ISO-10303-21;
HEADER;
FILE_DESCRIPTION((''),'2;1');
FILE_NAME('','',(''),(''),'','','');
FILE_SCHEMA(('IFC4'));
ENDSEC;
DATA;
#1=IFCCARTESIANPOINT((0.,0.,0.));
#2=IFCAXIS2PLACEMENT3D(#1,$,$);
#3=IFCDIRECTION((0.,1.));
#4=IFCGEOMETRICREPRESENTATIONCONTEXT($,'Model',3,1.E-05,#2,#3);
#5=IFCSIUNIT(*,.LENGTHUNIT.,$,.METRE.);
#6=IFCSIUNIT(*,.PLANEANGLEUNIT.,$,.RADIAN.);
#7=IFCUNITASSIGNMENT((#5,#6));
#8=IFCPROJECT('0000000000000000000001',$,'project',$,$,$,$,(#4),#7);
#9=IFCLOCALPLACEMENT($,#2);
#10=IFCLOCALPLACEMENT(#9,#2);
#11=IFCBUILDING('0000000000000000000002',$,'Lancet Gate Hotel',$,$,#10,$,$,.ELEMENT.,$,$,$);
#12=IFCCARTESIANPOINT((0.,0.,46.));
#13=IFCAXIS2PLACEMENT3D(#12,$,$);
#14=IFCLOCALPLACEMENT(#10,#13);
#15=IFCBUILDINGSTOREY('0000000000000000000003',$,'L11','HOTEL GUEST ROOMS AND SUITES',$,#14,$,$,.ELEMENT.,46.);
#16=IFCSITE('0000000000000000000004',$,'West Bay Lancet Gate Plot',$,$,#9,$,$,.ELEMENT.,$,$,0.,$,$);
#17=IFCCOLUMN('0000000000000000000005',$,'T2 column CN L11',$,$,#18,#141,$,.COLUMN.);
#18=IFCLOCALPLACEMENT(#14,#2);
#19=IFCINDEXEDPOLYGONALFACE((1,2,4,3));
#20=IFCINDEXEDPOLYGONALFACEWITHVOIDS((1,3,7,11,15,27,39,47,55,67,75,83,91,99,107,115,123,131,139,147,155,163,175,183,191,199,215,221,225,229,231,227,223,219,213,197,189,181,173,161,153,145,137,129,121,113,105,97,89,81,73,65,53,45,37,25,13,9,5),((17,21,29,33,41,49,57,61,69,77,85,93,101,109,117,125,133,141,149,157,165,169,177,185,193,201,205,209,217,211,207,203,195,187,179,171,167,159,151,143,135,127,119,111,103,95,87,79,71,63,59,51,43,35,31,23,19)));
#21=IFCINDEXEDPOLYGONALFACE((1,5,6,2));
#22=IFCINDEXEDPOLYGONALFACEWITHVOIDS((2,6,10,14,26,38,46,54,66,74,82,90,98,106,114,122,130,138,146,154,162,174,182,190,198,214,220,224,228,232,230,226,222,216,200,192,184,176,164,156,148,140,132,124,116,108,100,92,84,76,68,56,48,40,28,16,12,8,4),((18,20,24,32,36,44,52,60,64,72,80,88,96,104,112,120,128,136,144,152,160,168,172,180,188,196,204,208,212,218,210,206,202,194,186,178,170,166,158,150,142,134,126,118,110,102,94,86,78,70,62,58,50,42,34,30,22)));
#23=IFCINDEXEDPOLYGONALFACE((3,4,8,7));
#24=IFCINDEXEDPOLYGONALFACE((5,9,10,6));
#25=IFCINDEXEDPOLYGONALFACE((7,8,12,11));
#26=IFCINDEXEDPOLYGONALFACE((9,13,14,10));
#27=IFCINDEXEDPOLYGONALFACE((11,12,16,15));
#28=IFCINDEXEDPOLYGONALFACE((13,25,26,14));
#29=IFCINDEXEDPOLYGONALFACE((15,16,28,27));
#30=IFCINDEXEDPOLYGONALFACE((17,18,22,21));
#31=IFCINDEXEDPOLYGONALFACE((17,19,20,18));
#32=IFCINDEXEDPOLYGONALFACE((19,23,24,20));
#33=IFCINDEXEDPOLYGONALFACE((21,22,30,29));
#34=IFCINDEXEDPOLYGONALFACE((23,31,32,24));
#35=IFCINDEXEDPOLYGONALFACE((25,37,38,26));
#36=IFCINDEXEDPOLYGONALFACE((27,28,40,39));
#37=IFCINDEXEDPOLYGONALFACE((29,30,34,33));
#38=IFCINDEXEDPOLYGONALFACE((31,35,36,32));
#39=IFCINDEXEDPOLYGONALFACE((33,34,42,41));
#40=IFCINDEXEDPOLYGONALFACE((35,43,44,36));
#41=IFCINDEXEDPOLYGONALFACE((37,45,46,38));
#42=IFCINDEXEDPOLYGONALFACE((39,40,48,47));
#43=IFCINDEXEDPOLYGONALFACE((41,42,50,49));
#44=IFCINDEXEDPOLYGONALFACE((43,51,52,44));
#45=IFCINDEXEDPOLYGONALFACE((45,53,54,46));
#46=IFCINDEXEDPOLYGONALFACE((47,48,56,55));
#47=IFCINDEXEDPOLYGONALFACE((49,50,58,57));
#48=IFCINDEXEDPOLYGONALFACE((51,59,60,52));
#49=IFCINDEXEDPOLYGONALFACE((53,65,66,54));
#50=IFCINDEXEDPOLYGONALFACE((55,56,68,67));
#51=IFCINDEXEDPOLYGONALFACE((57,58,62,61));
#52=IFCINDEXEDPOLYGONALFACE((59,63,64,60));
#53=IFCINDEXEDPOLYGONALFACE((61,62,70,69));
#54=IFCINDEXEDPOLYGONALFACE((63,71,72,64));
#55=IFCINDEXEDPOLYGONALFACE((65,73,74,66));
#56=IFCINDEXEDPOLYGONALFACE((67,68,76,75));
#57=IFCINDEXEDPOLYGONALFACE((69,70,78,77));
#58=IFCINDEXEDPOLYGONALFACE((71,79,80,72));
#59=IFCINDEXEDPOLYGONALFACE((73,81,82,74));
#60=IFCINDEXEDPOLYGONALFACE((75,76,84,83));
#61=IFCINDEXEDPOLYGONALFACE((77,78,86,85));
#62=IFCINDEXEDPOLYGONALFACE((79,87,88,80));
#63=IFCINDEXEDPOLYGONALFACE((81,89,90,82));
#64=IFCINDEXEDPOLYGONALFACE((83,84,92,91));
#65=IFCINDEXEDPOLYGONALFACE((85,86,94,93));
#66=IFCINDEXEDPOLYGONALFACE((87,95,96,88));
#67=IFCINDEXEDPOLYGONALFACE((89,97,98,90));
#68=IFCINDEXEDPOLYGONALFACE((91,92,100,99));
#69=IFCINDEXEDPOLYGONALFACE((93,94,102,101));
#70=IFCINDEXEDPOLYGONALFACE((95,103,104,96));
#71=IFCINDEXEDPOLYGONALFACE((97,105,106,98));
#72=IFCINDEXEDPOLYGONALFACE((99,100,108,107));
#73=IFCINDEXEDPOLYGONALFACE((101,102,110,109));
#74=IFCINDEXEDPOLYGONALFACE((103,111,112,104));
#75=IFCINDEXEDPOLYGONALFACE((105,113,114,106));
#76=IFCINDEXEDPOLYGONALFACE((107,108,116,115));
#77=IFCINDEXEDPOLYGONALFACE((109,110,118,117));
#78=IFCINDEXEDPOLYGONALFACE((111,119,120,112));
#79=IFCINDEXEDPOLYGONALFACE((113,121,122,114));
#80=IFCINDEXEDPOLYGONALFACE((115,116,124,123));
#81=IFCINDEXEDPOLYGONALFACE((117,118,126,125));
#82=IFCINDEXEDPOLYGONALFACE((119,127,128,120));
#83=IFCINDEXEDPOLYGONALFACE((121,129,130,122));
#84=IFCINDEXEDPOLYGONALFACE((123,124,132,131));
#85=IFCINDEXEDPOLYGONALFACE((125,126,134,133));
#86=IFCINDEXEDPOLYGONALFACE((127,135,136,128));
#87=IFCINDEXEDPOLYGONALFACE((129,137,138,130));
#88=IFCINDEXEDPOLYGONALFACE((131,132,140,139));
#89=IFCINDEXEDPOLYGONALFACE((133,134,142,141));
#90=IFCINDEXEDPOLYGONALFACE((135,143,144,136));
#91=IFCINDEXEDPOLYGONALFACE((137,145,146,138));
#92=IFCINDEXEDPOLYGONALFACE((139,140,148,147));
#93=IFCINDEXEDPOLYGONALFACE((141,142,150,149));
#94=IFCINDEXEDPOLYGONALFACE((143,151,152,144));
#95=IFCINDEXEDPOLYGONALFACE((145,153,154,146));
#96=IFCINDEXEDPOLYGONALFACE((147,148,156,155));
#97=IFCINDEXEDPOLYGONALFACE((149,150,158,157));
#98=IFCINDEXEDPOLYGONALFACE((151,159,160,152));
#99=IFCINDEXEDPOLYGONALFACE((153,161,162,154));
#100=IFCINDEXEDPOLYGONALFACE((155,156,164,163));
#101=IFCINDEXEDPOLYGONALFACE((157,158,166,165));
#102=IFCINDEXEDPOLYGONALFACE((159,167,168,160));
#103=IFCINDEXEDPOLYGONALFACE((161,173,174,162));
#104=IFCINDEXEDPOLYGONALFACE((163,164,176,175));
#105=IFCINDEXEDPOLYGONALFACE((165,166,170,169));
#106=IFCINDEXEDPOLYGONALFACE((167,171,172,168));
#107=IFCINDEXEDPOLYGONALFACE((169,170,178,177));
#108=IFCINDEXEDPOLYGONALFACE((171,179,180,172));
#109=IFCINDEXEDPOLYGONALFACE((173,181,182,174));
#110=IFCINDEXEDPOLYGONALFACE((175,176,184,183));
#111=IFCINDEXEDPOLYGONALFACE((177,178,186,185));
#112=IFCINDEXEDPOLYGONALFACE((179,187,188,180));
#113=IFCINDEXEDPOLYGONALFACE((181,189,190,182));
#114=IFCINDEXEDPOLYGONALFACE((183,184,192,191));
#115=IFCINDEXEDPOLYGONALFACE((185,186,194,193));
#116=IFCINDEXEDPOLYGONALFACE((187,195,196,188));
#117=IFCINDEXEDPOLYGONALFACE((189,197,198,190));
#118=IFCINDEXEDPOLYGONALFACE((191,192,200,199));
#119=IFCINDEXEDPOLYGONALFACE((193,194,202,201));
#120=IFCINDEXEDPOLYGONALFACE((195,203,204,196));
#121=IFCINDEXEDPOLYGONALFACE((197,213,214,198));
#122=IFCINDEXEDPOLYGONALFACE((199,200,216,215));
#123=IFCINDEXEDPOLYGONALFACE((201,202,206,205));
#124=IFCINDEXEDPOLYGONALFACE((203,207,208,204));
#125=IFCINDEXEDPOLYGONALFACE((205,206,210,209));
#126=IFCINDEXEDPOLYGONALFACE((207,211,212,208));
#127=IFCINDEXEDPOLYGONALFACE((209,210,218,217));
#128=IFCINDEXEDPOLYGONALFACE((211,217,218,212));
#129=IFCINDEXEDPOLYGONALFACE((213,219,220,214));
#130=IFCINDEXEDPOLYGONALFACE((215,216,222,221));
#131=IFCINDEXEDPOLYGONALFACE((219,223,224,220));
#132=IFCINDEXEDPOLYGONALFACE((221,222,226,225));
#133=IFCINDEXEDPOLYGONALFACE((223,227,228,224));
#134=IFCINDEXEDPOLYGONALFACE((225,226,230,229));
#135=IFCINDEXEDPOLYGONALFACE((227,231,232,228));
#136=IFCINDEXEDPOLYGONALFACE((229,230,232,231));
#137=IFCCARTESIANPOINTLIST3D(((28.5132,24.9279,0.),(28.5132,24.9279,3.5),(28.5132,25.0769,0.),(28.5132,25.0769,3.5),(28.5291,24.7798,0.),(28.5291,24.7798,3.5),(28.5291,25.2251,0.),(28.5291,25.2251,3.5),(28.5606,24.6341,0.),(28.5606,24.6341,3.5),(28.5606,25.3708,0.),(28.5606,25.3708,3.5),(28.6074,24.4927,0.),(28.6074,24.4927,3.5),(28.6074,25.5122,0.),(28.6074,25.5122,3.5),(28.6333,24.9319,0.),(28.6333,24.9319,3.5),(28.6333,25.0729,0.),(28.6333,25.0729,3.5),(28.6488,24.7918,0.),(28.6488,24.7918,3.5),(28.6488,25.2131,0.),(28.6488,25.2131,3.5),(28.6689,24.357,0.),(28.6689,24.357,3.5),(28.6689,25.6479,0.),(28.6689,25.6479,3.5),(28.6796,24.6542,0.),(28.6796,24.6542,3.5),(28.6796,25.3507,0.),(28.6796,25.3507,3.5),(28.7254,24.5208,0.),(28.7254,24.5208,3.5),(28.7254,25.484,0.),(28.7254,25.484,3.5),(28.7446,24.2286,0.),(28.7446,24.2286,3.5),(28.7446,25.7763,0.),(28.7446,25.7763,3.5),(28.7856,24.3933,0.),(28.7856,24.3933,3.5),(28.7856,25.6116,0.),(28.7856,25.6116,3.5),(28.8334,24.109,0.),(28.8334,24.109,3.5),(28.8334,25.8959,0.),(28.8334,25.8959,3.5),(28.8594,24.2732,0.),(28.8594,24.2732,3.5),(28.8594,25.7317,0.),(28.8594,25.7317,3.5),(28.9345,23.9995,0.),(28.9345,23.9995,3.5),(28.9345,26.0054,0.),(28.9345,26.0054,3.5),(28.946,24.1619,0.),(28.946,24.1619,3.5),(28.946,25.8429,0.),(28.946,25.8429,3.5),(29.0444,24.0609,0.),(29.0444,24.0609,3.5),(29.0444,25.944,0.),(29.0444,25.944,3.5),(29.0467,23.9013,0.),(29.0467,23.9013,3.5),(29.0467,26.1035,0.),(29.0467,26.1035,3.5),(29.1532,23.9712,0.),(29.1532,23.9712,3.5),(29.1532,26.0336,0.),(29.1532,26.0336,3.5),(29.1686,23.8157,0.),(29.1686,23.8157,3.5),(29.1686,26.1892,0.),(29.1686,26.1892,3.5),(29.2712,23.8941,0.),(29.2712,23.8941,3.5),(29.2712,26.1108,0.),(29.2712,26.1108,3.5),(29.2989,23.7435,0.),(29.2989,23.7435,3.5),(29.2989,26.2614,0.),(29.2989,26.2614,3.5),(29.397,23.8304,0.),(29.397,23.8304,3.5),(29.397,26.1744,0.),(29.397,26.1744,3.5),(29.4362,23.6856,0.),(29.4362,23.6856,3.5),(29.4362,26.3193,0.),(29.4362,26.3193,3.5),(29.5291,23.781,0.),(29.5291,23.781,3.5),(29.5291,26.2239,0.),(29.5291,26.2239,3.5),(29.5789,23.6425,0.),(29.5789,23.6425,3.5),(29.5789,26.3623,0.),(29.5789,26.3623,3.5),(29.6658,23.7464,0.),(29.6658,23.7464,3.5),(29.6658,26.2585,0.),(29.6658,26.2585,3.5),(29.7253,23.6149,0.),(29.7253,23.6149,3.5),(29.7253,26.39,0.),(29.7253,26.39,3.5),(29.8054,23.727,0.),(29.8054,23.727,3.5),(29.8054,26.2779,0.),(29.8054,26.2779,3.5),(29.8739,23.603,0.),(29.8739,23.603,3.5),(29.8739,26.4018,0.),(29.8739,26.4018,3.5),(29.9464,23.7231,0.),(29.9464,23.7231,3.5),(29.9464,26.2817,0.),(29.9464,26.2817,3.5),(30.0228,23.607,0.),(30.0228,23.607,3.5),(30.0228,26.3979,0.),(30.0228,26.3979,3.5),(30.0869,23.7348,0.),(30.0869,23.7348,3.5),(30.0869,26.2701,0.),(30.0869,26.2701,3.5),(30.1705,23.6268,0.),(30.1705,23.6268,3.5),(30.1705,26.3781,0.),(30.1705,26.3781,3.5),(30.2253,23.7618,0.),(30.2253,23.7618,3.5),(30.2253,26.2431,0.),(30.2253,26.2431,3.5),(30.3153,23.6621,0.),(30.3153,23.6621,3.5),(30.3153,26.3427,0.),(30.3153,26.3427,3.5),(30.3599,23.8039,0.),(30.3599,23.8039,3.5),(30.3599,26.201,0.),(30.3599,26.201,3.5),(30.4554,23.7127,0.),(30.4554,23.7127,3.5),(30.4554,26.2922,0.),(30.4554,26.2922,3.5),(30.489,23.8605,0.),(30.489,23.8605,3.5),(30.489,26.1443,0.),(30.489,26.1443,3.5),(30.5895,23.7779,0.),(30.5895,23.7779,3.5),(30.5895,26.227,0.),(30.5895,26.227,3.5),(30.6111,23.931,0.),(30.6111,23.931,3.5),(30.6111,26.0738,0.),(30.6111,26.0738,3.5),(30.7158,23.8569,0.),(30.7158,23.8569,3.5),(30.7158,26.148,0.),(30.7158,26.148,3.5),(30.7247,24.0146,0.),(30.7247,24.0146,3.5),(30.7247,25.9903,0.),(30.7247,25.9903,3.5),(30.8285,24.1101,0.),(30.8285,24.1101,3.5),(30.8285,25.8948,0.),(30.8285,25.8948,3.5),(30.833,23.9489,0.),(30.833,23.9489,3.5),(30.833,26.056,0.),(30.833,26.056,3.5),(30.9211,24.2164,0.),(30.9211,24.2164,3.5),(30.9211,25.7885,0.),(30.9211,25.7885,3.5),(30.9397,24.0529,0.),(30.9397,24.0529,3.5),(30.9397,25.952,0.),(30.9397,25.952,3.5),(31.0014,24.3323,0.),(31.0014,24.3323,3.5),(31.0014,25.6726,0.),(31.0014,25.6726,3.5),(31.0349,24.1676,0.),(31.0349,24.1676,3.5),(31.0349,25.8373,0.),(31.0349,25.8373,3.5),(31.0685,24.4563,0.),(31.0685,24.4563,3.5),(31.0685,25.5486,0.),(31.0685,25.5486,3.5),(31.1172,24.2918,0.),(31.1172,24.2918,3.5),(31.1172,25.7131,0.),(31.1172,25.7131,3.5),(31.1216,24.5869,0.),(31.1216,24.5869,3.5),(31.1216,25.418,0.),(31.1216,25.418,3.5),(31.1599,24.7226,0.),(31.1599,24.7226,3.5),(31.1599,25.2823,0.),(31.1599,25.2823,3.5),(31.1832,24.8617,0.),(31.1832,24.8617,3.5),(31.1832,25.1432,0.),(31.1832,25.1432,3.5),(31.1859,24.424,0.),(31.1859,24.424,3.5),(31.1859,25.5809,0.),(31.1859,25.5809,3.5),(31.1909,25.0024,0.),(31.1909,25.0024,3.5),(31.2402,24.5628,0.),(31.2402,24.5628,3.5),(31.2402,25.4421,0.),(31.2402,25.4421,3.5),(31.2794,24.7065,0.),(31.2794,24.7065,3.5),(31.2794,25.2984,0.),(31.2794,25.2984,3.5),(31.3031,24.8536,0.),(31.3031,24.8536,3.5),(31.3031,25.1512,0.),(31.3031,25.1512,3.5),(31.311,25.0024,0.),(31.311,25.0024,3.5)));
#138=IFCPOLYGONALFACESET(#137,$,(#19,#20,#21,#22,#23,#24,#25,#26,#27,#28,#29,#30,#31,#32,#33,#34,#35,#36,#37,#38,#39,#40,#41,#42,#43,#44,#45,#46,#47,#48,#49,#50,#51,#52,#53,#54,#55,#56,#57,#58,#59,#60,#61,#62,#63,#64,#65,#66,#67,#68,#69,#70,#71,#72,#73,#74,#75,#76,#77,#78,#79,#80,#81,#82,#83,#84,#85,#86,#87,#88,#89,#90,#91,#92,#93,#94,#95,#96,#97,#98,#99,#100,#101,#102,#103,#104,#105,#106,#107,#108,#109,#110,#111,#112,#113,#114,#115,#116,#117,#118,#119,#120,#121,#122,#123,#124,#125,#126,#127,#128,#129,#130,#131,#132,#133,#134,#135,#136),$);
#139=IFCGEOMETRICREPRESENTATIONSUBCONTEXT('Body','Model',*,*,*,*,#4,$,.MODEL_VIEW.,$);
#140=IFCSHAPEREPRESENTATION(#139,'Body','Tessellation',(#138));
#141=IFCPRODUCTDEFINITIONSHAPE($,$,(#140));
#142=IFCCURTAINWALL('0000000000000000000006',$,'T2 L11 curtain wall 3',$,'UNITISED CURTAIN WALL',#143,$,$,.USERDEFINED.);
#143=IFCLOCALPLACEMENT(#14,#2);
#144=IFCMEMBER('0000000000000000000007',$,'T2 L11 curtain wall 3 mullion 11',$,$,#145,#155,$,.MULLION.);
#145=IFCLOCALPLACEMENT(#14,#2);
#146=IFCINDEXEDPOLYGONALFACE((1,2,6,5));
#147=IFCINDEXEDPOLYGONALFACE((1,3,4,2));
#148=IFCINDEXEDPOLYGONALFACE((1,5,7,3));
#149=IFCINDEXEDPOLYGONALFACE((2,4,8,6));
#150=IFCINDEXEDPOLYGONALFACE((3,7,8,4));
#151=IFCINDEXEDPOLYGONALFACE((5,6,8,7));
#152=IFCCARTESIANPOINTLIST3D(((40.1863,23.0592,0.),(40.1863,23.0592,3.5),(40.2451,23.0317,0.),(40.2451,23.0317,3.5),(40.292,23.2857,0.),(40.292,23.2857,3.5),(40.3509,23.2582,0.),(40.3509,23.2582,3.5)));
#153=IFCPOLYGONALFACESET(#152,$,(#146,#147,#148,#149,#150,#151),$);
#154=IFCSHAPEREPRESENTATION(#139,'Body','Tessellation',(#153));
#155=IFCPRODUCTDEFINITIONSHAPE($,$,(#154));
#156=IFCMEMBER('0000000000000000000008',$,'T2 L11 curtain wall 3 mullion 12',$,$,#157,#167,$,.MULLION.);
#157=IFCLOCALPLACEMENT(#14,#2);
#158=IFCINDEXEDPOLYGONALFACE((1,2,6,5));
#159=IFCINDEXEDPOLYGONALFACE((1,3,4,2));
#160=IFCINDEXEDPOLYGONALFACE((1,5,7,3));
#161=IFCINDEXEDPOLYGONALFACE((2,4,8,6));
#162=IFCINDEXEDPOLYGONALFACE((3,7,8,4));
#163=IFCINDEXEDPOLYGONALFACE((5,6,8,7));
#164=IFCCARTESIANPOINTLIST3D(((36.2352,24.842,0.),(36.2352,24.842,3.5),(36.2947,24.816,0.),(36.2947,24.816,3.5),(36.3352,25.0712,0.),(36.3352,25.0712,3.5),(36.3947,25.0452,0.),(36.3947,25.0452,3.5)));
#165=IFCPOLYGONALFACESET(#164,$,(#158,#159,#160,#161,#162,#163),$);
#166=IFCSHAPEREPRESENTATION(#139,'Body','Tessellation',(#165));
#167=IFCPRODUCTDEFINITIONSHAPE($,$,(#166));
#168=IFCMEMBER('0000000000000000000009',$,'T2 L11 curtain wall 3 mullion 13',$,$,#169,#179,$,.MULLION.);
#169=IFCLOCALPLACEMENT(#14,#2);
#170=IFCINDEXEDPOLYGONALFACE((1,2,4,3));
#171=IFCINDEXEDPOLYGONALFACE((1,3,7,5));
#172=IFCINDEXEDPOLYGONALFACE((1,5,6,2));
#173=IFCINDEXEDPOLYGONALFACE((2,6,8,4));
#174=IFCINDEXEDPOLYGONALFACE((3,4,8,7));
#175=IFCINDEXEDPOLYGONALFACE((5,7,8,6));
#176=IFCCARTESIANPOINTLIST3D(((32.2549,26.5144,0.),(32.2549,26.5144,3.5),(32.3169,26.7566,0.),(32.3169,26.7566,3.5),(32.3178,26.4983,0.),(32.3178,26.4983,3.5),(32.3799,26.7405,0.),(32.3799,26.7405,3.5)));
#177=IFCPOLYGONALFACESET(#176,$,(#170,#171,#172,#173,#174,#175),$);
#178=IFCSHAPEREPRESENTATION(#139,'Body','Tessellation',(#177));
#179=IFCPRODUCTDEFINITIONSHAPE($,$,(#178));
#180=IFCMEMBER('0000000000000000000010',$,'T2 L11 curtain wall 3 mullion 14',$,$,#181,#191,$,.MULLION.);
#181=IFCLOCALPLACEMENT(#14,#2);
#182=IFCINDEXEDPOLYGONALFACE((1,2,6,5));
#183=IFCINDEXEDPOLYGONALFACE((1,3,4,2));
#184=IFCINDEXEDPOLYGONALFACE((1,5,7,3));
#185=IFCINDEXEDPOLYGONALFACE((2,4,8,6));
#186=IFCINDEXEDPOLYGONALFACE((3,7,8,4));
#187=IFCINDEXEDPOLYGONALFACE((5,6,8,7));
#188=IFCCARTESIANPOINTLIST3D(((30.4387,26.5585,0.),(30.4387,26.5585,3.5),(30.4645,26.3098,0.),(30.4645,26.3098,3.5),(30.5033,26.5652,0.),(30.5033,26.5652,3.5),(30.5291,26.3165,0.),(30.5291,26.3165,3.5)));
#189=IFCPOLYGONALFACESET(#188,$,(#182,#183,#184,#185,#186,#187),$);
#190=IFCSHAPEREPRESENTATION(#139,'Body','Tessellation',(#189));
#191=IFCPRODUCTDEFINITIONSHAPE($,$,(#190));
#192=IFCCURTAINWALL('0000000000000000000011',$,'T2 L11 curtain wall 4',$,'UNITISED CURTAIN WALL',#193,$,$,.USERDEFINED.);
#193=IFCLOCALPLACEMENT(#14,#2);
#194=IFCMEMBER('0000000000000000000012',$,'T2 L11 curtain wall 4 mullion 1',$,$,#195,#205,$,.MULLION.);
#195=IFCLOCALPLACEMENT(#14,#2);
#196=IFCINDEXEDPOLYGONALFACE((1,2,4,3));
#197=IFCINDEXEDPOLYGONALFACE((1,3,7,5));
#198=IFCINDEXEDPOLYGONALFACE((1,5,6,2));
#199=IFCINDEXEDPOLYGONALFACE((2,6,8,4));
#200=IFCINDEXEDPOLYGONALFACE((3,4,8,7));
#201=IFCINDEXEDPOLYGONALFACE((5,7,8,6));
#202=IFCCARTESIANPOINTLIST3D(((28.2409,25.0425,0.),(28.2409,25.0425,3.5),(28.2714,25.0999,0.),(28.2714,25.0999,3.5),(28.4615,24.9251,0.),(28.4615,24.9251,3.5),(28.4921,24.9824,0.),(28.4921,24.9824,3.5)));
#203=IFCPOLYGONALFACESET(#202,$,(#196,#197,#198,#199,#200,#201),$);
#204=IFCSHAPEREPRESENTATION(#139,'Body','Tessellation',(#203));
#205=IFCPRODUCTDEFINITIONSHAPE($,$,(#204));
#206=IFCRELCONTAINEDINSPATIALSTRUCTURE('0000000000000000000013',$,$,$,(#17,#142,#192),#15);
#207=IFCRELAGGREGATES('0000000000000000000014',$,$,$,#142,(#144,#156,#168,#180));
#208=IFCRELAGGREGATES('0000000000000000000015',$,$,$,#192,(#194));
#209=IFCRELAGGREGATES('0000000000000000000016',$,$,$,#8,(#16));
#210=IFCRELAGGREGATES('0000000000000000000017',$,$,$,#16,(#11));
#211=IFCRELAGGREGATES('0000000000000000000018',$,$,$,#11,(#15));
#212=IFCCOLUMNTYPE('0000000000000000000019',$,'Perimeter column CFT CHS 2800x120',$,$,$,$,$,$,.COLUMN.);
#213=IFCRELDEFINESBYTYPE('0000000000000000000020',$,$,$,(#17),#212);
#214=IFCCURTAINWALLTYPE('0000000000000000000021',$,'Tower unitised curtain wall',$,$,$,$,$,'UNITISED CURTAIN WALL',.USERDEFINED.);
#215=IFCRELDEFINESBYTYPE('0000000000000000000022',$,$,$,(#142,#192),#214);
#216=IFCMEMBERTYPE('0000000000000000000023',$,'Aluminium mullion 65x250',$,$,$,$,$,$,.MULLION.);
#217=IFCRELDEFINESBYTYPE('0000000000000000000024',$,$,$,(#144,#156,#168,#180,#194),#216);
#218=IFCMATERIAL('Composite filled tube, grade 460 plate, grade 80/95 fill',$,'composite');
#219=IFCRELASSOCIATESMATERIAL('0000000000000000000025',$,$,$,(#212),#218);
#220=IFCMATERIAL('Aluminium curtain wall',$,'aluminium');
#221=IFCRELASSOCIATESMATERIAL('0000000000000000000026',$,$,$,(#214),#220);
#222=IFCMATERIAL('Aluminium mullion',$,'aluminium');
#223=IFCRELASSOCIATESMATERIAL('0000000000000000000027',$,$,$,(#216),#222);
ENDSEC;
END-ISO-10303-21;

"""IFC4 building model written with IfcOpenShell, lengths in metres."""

from ifc_helpers import new_model, si_unit, direction, frame, origin, origin_2d, place, context, subcontext, project, spatial, rectangle, hollow_circle, extrude, material, material_profile, profile_set, type_object, element, aggregate, save


model = new_model("IFC4")

# Units and contexts
model_context = context("Model", 3, precision=1e-05, world=origin(), true_north=direction((0.0, 1.0)))
body_context = subcontext(model_context, "Body", "Model", "MODEL_VIEW")
ifc_project = project(units=[si_unit("LENGTHUNIT", "METRE"), si_unit("PLANEANGLEUNIT", "RADIAN")], contexts=[model_context])

# Site, building, storey
site_placement = place(None, origin())
site = spatial("IfcSite", under=ifc_project, at=site_placement, Name="West Bay Lancet Gate Plot", CompositionType="ELEMENT", RefElevation=0.0)
building_placement = place(site_placement, origin())
building = spatial("IfcBuilding", under=site, at=building_placement, Name="Lancet Gate Hotel", CompositionType="ELEMENT")
storey_placement = place(building_placement, frame((0.0, 0.0, 46.0)))
storey = spatial("IfcBuildingStorey", under=building, at=storey_placement, Name="L11", Description="HOTEL GUEST ROOMS AND SUITES", CompositionType="ELEMENT", Elevation=46.0)

# Column
ifc_material_1 = material(Name="Composite filled tube, grade 460 plate, grade 80/95 fill", Category="composite")
ifc_material_profile_1 = material_profile(ifc_material_1, hollow_circle(Radius=1.3999, WallThickness=0.1201, at=origin_2d()), Name="CHS 2800x120")
ifc_profile_set_1 = profile_set([ifc_material_profile_1], Name="Composite filled tube, grade 460 plate, grade 80/95 fill")
column_type = type_object("IfcColumnType", Name="Perimeter column CFT CHS 2800x120", PredefinedType="COLUMN", material=ifc_profile_set_1)
column_placement = place(storey_placement, frame((29.9111, 25.0024, 0.0), z_axis=(0.0, 0.0, 1.0), x_axis=(1.0, 0.0, 0.0)))
element("IfcColumn", 1, at=column_placement, inside=storey, type_object=column_type, Name="T2 column CN L11", PredefinedType="COLUMN", context=body_context, shape_type="SweptSolid", body=[
    extrude(hollow_circle(Radius=1.3999, WallThickness=0.1201, at=origin_2d()), origin(), (0.0, 0.0, 1.0), 3.5),
])

# Curtain walls, members
ifc_material_2 = material(Name="Aluminium curtain wall", Category="aluminium")
curtain_wall_type = type_object("IfcCurtainWallType", Name="Tower unitised curtain wall", ElementType="UNITISED CURTAIN WALL", PredefinedType="USERDEFINED", material=ifc_material_2)
curtain_wall_1_placement = place(storey_placement, origin())
curtain_wall_1 = element("IfcCurtainWall", 2, at=curtain_wall_1_placement, inside=storey, type_object=curtain_wall_type, Name="T2 L11 curtain wall 3", ObjectType="UNITISED CURTAIN WALL", PredefinedType="USERDEFINED")
ifc_material_3 = material(Name="Aluminium mullion", Category="aluminium")
ifc_material_profile_2 = material_profile(ifc_material_3, rectangle(XDim=0.0649, YDim=0.25, at=origin_2d()), Name="MULLION 65x250")
ifc_profile_set_2 = profile_set([ifc_material_profile_2], Name="Aluminium mullion")
member_type_1 = type_object("IfcMemberType", Name="Aluminium mullion 65x250", PredefinedType="MULLION", material=ifc_profile_set_2)
member_1_placement = place(storey_placement, frame((40.2686, 23.1587, 0.0), z_axis=(0.0, 0.0, 1.0), x_axis=(-0.906105, 0.423053, 0.0)))
member_1 = element("IfcMember", 3, at=member_1_placement, type_object=member_type_1, Name="T2 L11 curtain wall 3 mullion 11", PredefinedType="MULLION", context=body_context, shape_type="SweptSolid", body=[
    extrude(rectangle(XDim=0.0649, YDim=0.25, at=origin_2d()), origin(), (0.0, 0.0, 1.0), 3.5),
])
member_2_placement = place(storey_placement, frame((36.3149, 24.9436, 0.0), z_axis=(0.0, 0.0, 1.0), x_axis=(-0.916579, 0.399854, 0.0)))
member_2 = element("IfcMember", 4, at=member_2_placement, type_object=member_type_1, Name="T2 L11 curtain wall 3 mullion 12", PredefinedType="MULLION", context=body_context, shape_type="SweptSolid", body=[
    extrude(rectangle(XDim=0.0649, YDim=0.25, at=origin_2d()), origin(), (0.0, 0.0, 1.0), 3.5),
])
member_3_placement = place(storey_placement, frame((32.3174, 26.6274, 0.0), z_axis=(0.0, 0.0, 1.0), x_axis=(-0.968721, 0.24815, 0.0)))
member_3 = element("IfcMember", 5, at=member_3_placement, type_object=member_type_1, Name="T2 L11 curtain wall 3 mullion 13", PredefinedType="MULLION", context=body_context, shape_type="SweptSolid", body=[
    extrude(rectangle(XDim=0.0649, YDim=0.25, at=origin_2d()), origin(), (0.0, 0.0, 1.0), 3.5),
])
member_4_placement = place(storey_placement, frame((30.4839, 26.4375, 0.0), z_axis=(0.0, 0.0, 1.0), x_axis=(-0.994672, -0.103088, 0.0)))
member_4 = element("IfcMember", 6, at=member_4_placement, type_object=member_type_1, Name="T2 L11 curtain wall 3 mullion 14", PredefinedType="MULLION", context=body_context, shape_type="SweptSolid", body=[
    extrude(rectangle(XDim=0.0649, YDim=0.25, at=origin_2d()), origin(), (0.0, 0.0, 1.0), 3.5),
])
curtain_wall_2_placement = place(storey_placement, origin())
curtain_wall_2 = element("IfcCurtainWall", 7, at=curtain_wall_2_placement, inside=storey, type_object=curtain_wall_type, Name="T2 L11 curtain wall 4", ObjectType="UNITISED CURTAIN WALL", PredefinedType="USERDEFINED")
member_5_placement = place(storey_placement, frame((28.3665, 25.0125, 0.0), z_axis=(0.0, 0.0, 1.0), x_axis=(-0.469898, -0.882721, 0.0)))
member_5 = element("IfcMember", 8, at=member_5_placement, type_object=member_type_1, Name="T2 L11 curtain wall 4 mullion 1", PredefinedType="MULLION", context=body_context, shape_type="SweptSolid", body=[
    extrude(rectangle(XDim=0.0649, YDim=0.25, at=origin_2d()), origin(), (0.0, 0.0, 1.0), 3.5),
])

aggregate(curtain_wall_1, [member_1, member_2, member_3, member_4])
aggregate(curtain_wall_2, [member_5])

save(model, "model.ifc")
